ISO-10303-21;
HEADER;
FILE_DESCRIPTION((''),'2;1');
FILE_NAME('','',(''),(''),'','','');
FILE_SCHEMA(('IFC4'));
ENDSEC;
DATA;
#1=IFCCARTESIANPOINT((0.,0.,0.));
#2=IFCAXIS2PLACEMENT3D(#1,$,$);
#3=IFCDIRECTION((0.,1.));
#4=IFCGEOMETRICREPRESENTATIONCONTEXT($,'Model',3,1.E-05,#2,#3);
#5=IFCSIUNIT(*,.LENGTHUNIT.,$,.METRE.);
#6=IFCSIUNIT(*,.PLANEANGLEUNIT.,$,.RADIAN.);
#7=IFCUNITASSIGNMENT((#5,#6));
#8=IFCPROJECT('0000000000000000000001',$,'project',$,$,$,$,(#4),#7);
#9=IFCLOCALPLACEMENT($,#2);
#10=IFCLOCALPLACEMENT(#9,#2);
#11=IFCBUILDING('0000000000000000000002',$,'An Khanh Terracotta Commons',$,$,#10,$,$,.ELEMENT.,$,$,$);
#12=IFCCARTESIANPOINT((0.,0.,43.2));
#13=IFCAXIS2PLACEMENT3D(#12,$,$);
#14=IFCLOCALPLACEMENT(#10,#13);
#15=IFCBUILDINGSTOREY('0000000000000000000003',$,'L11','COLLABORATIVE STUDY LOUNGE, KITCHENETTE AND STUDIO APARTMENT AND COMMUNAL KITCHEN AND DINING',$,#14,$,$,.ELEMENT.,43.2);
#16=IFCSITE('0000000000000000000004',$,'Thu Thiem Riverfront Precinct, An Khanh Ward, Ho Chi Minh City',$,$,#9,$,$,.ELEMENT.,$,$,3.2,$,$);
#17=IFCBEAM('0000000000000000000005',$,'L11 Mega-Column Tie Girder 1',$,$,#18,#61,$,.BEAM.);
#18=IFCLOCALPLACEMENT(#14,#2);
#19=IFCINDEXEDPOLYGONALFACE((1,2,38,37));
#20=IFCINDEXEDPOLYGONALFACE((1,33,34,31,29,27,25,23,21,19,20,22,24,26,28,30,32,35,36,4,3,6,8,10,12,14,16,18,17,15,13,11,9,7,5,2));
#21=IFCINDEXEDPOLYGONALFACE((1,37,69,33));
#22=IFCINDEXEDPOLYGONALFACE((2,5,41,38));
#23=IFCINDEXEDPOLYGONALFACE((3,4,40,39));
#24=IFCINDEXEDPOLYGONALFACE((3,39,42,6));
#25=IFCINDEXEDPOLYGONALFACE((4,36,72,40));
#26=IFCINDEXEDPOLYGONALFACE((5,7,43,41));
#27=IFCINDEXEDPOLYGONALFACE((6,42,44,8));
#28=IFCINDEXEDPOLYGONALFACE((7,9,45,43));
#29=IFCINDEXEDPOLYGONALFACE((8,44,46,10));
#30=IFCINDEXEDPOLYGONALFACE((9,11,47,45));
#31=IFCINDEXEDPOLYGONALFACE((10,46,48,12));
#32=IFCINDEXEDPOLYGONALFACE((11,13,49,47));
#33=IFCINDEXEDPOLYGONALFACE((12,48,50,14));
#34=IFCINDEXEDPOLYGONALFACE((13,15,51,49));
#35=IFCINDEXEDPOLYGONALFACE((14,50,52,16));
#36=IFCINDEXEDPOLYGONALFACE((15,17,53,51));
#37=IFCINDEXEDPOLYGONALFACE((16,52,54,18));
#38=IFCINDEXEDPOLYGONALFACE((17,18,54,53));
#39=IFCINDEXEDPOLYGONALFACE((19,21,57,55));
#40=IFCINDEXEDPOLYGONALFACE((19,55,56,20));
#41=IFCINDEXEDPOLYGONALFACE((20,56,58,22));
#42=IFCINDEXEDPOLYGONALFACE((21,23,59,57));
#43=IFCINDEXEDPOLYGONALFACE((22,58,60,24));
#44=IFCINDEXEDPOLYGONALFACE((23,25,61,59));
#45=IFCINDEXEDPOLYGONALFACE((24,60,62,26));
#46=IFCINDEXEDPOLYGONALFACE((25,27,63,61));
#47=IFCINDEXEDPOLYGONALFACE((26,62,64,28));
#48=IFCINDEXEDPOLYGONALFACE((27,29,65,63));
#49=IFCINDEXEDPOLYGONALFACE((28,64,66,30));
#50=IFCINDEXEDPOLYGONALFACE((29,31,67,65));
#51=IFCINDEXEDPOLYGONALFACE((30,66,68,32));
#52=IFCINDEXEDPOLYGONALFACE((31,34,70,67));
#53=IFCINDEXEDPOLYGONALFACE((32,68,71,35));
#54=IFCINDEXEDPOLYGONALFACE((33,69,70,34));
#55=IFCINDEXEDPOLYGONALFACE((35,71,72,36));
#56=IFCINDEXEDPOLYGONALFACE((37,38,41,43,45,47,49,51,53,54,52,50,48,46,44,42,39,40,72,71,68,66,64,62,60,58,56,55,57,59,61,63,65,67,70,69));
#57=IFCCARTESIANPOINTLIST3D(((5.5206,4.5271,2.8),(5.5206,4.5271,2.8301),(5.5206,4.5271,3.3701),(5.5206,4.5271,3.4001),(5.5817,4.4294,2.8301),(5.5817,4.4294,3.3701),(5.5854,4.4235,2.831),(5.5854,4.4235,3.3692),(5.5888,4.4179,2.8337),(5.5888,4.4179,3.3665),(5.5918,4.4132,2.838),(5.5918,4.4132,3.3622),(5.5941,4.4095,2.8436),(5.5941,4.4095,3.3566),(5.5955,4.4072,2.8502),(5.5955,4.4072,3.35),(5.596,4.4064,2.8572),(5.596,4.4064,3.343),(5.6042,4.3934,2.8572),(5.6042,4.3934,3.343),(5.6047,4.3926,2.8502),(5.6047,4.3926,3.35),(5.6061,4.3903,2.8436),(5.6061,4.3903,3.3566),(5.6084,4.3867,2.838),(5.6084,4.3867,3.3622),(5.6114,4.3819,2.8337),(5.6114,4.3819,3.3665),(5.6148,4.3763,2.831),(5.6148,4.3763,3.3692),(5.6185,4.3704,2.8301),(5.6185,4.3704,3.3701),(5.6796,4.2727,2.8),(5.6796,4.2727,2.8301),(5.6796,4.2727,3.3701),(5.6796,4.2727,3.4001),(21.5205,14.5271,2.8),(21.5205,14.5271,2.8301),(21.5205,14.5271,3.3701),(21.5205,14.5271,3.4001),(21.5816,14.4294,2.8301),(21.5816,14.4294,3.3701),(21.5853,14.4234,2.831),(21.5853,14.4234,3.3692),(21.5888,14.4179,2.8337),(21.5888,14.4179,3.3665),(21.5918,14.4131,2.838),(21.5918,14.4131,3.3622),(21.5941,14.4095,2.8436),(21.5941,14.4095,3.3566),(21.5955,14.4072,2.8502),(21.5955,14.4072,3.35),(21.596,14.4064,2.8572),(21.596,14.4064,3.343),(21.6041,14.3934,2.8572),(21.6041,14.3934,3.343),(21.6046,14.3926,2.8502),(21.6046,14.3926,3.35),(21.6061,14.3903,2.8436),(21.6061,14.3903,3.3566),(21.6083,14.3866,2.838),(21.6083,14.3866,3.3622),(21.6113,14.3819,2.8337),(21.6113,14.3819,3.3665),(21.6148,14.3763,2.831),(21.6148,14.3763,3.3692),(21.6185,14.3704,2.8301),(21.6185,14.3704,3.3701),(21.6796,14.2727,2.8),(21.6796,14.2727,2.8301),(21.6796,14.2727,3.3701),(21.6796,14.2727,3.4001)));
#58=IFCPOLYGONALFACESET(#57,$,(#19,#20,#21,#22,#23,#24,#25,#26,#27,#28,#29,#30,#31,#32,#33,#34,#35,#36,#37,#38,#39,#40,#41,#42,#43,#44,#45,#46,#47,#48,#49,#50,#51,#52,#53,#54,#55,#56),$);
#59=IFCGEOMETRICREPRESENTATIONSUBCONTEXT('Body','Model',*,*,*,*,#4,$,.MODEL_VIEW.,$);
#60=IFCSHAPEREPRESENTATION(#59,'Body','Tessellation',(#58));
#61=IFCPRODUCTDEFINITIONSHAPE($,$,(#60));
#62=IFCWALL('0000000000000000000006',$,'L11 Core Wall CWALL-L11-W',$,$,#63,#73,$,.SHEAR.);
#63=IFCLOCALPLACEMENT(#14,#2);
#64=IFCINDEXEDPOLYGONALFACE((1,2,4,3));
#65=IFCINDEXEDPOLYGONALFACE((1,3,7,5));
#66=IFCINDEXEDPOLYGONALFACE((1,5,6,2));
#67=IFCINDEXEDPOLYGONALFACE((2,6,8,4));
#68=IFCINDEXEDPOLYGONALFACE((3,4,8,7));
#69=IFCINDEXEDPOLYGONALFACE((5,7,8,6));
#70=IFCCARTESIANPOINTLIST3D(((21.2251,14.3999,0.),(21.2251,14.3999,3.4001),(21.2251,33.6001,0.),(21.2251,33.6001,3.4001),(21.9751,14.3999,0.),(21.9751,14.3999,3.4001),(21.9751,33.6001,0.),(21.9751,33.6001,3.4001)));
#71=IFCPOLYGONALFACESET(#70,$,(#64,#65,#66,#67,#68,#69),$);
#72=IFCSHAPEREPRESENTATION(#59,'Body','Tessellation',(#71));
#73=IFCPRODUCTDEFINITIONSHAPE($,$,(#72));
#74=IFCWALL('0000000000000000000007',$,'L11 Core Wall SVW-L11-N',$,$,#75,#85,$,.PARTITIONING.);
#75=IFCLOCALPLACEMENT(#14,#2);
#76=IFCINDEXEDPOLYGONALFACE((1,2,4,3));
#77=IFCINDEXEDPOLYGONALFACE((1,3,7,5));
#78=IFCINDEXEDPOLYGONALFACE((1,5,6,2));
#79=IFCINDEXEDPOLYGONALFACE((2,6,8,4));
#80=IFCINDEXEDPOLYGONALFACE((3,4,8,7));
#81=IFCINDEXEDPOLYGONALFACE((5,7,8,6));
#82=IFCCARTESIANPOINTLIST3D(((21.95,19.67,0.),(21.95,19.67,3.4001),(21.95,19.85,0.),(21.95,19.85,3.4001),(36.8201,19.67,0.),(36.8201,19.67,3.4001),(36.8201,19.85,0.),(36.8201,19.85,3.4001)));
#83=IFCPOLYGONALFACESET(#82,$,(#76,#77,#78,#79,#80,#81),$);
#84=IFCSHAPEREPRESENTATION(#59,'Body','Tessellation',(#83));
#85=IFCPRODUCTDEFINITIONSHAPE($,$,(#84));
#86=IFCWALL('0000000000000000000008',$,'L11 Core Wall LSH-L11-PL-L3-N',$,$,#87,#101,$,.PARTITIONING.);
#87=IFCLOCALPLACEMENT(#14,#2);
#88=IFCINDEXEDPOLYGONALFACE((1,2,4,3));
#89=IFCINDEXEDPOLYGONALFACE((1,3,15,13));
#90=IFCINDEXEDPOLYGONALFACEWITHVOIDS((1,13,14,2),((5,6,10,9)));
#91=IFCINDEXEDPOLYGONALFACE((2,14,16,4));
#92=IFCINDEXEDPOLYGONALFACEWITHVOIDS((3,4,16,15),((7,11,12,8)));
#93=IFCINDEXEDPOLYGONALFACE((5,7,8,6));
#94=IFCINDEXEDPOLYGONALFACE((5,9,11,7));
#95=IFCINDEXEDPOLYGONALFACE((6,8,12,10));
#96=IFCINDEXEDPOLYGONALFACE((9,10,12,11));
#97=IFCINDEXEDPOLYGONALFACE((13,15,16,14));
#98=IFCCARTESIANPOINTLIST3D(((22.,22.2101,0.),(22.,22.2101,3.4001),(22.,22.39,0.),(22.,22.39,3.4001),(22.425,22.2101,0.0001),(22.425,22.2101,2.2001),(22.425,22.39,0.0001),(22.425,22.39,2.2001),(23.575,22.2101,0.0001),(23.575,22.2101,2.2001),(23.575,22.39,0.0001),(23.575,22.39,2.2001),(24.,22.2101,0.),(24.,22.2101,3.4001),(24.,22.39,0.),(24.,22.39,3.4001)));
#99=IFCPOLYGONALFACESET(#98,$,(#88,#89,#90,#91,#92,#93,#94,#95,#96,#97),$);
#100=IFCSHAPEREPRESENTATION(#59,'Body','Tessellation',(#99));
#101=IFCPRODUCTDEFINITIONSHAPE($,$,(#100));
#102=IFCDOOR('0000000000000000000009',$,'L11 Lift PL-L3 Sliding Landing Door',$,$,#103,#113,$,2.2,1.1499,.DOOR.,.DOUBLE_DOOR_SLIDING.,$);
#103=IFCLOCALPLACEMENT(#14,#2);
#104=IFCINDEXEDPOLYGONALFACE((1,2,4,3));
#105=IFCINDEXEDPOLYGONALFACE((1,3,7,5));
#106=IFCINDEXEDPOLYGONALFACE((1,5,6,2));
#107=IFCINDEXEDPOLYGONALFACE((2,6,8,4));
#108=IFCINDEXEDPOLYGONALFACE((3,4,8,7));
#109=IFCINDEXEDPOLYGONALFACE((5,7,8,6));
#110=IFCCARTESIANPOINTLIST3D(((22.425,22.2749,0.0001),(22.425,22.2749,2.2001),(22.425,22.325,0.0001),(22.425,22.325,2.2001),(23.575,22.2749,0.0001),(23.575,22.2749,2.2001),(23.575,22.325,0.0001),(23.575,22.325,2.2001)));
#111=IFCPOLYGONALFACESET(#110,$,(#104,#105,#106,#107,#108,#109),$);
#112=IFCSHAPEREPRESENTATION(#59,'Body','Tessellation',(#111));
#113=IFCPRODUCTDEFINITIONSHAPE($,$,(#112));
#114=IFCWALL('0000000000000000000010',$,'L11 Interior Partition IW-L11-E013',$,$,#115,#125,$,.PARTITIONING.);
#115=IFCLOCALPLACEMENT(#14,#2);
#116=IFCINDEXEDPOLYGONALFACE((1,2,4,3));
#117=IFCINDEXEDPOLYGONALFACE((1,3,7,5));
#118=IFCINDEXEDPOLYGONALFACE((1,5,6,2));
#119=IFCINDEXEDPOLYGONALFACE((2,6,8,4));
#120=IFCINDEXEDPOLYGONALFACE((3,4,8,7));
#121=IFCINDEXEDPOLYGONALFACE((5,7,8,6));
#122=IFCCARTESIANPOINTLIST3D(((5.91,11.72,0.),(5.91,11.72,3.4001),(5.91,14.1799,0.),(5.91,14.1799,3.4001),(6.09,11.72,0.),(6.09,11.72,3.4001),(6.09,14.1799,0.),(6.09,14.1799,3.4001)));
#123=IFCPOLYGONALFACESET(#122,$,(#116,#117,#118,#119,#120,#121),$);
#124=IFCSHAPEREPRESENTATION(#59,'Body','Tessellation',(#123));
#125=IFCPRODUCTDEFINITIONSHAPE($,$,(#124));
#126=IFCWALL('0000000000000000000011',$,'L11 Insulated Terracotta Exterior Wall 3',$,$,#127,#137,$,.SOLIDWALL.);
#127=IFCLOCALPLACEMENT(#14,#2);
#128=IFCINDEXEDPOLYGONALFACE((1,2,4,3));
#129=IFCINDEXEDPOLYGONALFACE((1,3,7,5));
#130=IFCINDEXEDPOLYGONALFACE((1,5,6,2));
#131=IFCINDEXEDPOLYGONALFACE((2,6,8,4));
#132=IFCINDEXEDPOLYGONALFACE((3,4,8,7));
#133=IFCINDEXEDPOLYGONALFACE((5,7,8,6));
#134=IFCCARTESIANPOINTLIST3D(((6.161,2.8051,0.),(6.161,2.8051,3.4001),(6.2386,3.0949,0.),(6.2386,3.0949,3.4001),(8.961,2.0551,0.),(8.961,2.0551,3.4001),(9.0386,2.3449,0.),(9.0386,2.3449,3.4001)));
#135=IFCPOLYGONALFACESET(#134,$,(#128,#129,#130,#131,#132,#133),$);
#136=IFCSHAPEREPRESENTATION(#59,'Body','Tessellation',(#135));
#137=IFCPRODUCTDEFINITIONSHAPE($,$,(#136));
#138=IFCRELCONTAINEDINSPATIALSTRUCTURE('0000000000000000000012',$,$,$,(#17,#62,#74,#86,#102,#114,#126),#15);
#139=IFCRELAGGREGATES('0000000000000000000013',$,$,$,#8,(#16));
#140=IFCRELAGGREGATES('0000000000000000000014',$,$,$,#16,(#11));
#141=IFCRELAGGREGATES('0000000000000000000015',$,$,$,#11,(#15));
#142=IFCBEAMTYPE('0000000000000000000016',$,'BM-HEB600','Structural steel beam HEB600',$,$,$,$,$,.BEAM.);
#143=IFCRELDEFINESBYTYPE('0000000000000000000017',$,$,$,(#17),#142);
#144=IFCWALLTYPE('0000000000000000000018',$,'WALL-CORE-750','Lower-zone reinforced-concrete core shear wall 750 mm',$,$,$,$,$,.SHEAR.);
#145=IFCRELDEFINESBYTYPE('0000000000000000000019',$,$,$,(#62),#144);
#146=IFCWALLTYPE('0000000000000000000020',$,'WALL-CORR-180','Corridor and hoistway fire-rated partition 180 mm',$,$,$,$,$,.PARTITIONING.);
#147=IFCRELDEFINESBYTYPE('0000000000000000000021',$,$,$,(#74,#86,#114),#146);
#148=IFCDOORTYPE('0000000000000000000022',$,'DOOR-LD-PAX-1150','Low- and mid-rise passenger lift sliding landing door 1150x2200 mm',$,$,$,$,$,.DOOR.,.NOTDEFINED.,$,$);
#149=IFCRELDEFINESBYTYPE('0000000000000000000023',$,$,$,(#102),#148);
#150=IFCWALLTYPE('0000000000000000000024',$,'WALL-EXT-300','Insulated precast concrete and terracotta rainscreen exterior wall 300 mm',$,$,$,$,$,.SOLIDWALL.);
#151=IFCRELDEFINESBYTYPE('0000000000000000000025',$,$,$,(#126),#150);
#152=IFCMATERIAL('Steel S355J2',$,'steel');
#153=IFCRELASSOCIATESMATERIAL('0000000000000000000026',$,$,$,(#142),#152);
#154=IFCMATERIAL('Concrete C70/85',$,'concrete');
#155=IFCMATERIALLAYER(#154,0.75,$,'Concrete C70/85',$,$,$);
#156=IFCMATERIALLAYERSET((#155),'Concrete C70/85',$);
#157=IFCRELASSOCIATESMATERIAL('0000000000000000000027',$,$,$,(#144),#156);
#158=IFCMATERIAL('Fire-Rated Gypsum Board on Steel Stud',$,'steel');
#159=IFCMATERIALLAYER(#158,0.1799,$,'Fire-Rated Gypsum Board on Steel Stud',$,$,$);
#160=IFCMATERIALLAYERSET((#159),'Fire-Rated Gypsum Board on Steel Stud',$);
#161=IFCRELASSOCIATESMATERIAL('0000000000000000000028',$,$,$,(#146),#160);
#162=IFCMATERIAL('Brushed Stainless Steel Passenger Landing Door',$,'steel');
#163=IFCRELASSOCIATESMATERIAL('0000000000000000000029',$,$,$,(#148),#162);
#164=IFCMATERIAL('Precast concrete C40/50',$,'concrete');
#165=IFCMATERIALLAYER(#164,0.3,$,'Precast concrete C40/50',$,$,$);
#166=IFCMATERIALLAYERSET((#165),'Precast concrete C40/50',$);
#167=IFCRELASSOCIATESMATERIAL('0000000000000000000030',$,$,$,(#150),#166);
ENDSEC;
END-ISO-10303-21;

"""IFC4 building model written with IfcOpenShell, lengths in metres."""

from ifc_helpers import new_model, si_unit, direction, frame, frame_2d, origin, origin_2d, place, context, subcontext, project, spatial, rectangle, i_section, extrude, material, layer, layer_set, material_profile, profile_set, type_object, element, fill, save


model = new_model("IFC4")

# Units and contexts
model_context = context("Model", 3, precision=1e-05, world=origin(), true_north=direction((0.0, 1.0)))
body_context = subcontext(model_context, "Body", "Model", "MODEL_VIEW")
ifc_project = project(units=[si_unit("LENGTHUNIT", "METRE"), si_unit("PLANEANGLEUNIT", "RADIAN")], contexts=[model_context])

# Site, building, storey
site_placement = place(None, origin())
site = spatial("IfcSite", under=ifc_project, at=site_placement, Name="Thu Thiem Riverfront Precinct, An Khanh Ward, Ho Chi Minh City", CompositionType="ELEMENT", RefElevation=3.2)
building_placement = place(site_placement, origin())
building = spatial("IfcBuilding", under=site, at=building_placement, Name="An Khanh Terracotta Commons", CompositionType="ELEMENT")
storey_placement = place(building_placement, frame((0.0, 0.0, 43.2)))
storey = spatial("IfcBuildingStorey", under=building, at=storey_placement, Name="L11", Description="COLLABORATIVE STUDY LOUNGE, KITCHENETTE AND STUDIO APARTMENT AND COMMUNAL KITCHEN AND DINING", CompositionType="ELEMENT", Elevation=43.2)

# Shared definitions
ifc_material_1 = material(Name="Concrete C70/85", Category="concrete")

# Beam
ifc_material_2 = material(Name="Steel S355J2", Category="steel")
ifc_material_profile_1 = material_profile(ifc_material_2, i_section(OverallWidth=0.3, OverallDepth=0.6001, WebThickness=0.0154, FlangeThickness=0.03, FilletRadius=0.0271, at=origin_2d()), Name="HEB600")
ifc_profile_set_1 = profile_set([ifc_material_profile_1], Name="Steel S355J2")
beam_type_1 = type_object("IfcBeamType", Name="BM-HEB600", Description="Structural steel beam HEB600", PredefinedType="BEAM", material=ifc_profile_set_1)
beam_1_placement = place(storey_placement, frame((5.6001, 4.3999, 3.1001), z_axis=(0.847998, 0.529999, 0.0), x_axis=(-0.529999, 0.847998, 0.0)))
element("IfcBeam", 1, at=beam_1_placement, inside=storey, type_object=beam_type_1, Name="L11 Mega-Column Tie Girder 1", PredefinedType="BEAM", context=body_context, shape_type="SweptSolid", body=[
    extrude(i_section(OverallWidth=0.3, OverallDepth=0.6001, WebThickness=0.0154, FlangeThickness=0.03, FilletRadius=0.0271, at=origin_2d()), origin(), (0.0, 0.0, 1.0), 18.8679),
])

# Walls
ifc_layer_1 = layer(ifc_material_1, 0.75, Name="Concrete C70/85")
ifc_layer_set_1 = layer_set([ifc_layer_1], Name="Concrete C70/85")
wall_type_1 = type_object("IfcWallType", Name="WALL-CORE-750", Description="Lower-zone reinforced-concrete core shear wall 750 mm", PredefinedType="SHEAR", material=ifc_layer_set_1)
wall_1_placement = place(storey_placement, frame((21.6001, 14.3999, 0.0), z_axis=(0.0, 0.0, 1.0), x_axis=(0.0, 1.0, 0.0)))
element("IfcWall", 2, at=wall_1_placement, inside=storey, type_object=wall_type_1, Name="L11 Core Wall CWALL-L11-W", PredefinedType="SHEAR", context=body_context, shape_type="SweptSolid", body=[
    extrude(rectangle(XDim=19.2002, YDim=0.75, at=frame_2d((9.6001, 0.0))), origin(), (0.0, 0.0, 1.0), 3.4001),
])
ifc_material_3 = material(Name="Fire-Rated Gypsum Board on Steel Stud", Category="steel")
ifc_layer_2 = layer(ifc_material_3, 0.1799, Name="Fire-Rated Gypsum Board on Steel Stud")
ifc_layer_set_2 = layer_set([ifc_layer_2], Name="Fire-Rated Gypsum Board on Steel Stud")
wall_type_2 = type_object("IfcWallType", Name="WALL-CORR-180", Description="Corridor and hoistway fire-rated partition 180 mm", PredefinedType="PARTITIONING", material=ifc_layer_set_2)
wall_2_placement = place(storey_placement, frame((21.95, 19.76, 0.0), z_axis=(0.0, 0.0, 1.0), x_axis=(1.0, 0.0, 0.0)))
element("IfcWall", 3, at=wall_2_placement, inside=storey, type_object=wall_type_2, Name="L11 Core Wall SVW-L11-N", PredefinedType="PARTITIONING", context=body_context, shape_type="SweptSolid", body=[
    extrude(rectangle(XDim=14.8701, YDim=0.1799, at=frame_2d((7.4351, 0.0))), origin(), (0.0, 0.0, 1.0), 3.4001),
])

# Wall, opening, door
wall_3_placement = place(storey_placement, frame((22.0, 22.3, 0.0), z_axis=(0.0, 0.0, 1.0), x_axis=(1.0, 0.0, 0.0)))
wall_3 = element("IfcWall", 4, at=wall_3_placement, inside=storey, type_object=wall_type_2, Name="L11 Core Wall LSH-L11-PL-L3-N", PredefinedType="PARTITIONING", context=body_context, shape_type="SweptSolid", body=[
    extrude(rectangle(XDim=2.0, YDim=0.1799, at=frame_2d((1.0, 0.0))), origin(), (0.0, 0.0, 1.0), 3.4001),
])
opening_1_placement = place(wall_3_placement, frame((0.425, 0.0, 0.0)))
opening_1 = element("IfcOpeningElement", 5, at=opening_1_placement, cuts=wall_3, PredefinedType="OPENING", context=body_context, shape_type="SweptSolid", body=[
    extrude(rectangle(XDim=1.1499, YDim=2.2, at=frame_2d((0.575, 1.1001))), frame((0.0, 0.0999, 0.0), z_axis=(0.0, -1.0, 0.0), x_axis=(1.0, 0.0, 0.0)), (0.0, 0.0, 1.0), 0.2),
])
ifc_material_4 = material(Name="Brushed Stainless Steel Passenger Landing Door", Category="steel")
door_type_1 = type_object("IfcDoorType", Name="DOOR-LD-PAX-1150", Description="Low- and mid-rise passenger lift sliding landing door 1150x2200 mm", OperationType="NOTDEFINED", PredefinedType="DOOR", material=ifc_material_4)
door_1_placement = place(opening_1_placement, origin())
door_1 = element("IfcDoor", 6, at=door_1_placement, inside=storey, type_object=door_type_1, Name="L11 Lift PL-L3 Sliding Landing Door", OperationType="DOUBLE_DOOR_SLIDING", OverallHeight=2.2, OverallWidth=1.1499, PredefinedType="DOOR", context=body_context, shape_type="SweptSolid", body=[
    extrude(rectangle(XDim=1.1499, YDim=2.2, at=frame_2d((0.575, 1.1001))), frame((0.0, 0.0249, 0.0), z_axis=(0.0, -1.0, 0.0), x_axis=(1.0, 0.0, 0.0)), (0.0, 0.0, 1.0), 0.05),
])
fill(opening_1, door_1)

# Walls
wall_4_placement = place(storey_placement, frame((6.0, 11.72, 0.0), z_axis=(0.0, 0.0, 1.0), x_axis=(0.0, 1.0, 0.0)))
element("IfcWall", 7, at=wall_4_placement, inside=storey, type_object=wall_type_2, Name="L11 Interior Partition IW-L11-E013", PredefinedType="PARTITIONING", context=body_context, shape_type="SweptSolid", body=[
    extrude(rectangle(XDim=2.46, YDim=0.1799, at=frame_2d((1.23, 0.0))), origin(), (0.0, 0.0, 1.0), 3.4001),
])
ifc_material_5 = material(Name="Precast concrete C40/50", Category="concrete")
ifc_layer_3 = layer(ifc_material_5, 0.3, Name="Precast concrete C40/50")
ifc_layer_set_3 = layer_set([ifc_layer_3], Name="Precast concrete C40/50")
wall_type_3 = type_object("IfcWallType", Name="WALL-EXT-300", Description="Insulated precast concrete and terracotta rainscreen exterior wall 300 mm", PredefinedType="SOLIDWALL", material=ifc_layer_set_3)
wall_5_placement = place(storey_placement, frame((6.2, 2.95, 0.0), z_axis=(0.0, 0.0, 1.0), x_axis=(0.965949, -0.258732, 0.0)))
element("IfcWall", 8, at=wall_5_placement, inside=storey, type_object=wall_type_3, Name="L11 Insulated Terracotta Exterior Wall 3", PredefinedType="SOLIDWALL", context=body_context, shape_type="SweptSolid", body=[
    extrude(rectangle(XDim=2.8987, YDim=0.3, at=frame_2d((1.4492, 0.0))), origin(), (0.0, 0.0, 1.0), 3.4001),
])

save(model, "model.ifc")
